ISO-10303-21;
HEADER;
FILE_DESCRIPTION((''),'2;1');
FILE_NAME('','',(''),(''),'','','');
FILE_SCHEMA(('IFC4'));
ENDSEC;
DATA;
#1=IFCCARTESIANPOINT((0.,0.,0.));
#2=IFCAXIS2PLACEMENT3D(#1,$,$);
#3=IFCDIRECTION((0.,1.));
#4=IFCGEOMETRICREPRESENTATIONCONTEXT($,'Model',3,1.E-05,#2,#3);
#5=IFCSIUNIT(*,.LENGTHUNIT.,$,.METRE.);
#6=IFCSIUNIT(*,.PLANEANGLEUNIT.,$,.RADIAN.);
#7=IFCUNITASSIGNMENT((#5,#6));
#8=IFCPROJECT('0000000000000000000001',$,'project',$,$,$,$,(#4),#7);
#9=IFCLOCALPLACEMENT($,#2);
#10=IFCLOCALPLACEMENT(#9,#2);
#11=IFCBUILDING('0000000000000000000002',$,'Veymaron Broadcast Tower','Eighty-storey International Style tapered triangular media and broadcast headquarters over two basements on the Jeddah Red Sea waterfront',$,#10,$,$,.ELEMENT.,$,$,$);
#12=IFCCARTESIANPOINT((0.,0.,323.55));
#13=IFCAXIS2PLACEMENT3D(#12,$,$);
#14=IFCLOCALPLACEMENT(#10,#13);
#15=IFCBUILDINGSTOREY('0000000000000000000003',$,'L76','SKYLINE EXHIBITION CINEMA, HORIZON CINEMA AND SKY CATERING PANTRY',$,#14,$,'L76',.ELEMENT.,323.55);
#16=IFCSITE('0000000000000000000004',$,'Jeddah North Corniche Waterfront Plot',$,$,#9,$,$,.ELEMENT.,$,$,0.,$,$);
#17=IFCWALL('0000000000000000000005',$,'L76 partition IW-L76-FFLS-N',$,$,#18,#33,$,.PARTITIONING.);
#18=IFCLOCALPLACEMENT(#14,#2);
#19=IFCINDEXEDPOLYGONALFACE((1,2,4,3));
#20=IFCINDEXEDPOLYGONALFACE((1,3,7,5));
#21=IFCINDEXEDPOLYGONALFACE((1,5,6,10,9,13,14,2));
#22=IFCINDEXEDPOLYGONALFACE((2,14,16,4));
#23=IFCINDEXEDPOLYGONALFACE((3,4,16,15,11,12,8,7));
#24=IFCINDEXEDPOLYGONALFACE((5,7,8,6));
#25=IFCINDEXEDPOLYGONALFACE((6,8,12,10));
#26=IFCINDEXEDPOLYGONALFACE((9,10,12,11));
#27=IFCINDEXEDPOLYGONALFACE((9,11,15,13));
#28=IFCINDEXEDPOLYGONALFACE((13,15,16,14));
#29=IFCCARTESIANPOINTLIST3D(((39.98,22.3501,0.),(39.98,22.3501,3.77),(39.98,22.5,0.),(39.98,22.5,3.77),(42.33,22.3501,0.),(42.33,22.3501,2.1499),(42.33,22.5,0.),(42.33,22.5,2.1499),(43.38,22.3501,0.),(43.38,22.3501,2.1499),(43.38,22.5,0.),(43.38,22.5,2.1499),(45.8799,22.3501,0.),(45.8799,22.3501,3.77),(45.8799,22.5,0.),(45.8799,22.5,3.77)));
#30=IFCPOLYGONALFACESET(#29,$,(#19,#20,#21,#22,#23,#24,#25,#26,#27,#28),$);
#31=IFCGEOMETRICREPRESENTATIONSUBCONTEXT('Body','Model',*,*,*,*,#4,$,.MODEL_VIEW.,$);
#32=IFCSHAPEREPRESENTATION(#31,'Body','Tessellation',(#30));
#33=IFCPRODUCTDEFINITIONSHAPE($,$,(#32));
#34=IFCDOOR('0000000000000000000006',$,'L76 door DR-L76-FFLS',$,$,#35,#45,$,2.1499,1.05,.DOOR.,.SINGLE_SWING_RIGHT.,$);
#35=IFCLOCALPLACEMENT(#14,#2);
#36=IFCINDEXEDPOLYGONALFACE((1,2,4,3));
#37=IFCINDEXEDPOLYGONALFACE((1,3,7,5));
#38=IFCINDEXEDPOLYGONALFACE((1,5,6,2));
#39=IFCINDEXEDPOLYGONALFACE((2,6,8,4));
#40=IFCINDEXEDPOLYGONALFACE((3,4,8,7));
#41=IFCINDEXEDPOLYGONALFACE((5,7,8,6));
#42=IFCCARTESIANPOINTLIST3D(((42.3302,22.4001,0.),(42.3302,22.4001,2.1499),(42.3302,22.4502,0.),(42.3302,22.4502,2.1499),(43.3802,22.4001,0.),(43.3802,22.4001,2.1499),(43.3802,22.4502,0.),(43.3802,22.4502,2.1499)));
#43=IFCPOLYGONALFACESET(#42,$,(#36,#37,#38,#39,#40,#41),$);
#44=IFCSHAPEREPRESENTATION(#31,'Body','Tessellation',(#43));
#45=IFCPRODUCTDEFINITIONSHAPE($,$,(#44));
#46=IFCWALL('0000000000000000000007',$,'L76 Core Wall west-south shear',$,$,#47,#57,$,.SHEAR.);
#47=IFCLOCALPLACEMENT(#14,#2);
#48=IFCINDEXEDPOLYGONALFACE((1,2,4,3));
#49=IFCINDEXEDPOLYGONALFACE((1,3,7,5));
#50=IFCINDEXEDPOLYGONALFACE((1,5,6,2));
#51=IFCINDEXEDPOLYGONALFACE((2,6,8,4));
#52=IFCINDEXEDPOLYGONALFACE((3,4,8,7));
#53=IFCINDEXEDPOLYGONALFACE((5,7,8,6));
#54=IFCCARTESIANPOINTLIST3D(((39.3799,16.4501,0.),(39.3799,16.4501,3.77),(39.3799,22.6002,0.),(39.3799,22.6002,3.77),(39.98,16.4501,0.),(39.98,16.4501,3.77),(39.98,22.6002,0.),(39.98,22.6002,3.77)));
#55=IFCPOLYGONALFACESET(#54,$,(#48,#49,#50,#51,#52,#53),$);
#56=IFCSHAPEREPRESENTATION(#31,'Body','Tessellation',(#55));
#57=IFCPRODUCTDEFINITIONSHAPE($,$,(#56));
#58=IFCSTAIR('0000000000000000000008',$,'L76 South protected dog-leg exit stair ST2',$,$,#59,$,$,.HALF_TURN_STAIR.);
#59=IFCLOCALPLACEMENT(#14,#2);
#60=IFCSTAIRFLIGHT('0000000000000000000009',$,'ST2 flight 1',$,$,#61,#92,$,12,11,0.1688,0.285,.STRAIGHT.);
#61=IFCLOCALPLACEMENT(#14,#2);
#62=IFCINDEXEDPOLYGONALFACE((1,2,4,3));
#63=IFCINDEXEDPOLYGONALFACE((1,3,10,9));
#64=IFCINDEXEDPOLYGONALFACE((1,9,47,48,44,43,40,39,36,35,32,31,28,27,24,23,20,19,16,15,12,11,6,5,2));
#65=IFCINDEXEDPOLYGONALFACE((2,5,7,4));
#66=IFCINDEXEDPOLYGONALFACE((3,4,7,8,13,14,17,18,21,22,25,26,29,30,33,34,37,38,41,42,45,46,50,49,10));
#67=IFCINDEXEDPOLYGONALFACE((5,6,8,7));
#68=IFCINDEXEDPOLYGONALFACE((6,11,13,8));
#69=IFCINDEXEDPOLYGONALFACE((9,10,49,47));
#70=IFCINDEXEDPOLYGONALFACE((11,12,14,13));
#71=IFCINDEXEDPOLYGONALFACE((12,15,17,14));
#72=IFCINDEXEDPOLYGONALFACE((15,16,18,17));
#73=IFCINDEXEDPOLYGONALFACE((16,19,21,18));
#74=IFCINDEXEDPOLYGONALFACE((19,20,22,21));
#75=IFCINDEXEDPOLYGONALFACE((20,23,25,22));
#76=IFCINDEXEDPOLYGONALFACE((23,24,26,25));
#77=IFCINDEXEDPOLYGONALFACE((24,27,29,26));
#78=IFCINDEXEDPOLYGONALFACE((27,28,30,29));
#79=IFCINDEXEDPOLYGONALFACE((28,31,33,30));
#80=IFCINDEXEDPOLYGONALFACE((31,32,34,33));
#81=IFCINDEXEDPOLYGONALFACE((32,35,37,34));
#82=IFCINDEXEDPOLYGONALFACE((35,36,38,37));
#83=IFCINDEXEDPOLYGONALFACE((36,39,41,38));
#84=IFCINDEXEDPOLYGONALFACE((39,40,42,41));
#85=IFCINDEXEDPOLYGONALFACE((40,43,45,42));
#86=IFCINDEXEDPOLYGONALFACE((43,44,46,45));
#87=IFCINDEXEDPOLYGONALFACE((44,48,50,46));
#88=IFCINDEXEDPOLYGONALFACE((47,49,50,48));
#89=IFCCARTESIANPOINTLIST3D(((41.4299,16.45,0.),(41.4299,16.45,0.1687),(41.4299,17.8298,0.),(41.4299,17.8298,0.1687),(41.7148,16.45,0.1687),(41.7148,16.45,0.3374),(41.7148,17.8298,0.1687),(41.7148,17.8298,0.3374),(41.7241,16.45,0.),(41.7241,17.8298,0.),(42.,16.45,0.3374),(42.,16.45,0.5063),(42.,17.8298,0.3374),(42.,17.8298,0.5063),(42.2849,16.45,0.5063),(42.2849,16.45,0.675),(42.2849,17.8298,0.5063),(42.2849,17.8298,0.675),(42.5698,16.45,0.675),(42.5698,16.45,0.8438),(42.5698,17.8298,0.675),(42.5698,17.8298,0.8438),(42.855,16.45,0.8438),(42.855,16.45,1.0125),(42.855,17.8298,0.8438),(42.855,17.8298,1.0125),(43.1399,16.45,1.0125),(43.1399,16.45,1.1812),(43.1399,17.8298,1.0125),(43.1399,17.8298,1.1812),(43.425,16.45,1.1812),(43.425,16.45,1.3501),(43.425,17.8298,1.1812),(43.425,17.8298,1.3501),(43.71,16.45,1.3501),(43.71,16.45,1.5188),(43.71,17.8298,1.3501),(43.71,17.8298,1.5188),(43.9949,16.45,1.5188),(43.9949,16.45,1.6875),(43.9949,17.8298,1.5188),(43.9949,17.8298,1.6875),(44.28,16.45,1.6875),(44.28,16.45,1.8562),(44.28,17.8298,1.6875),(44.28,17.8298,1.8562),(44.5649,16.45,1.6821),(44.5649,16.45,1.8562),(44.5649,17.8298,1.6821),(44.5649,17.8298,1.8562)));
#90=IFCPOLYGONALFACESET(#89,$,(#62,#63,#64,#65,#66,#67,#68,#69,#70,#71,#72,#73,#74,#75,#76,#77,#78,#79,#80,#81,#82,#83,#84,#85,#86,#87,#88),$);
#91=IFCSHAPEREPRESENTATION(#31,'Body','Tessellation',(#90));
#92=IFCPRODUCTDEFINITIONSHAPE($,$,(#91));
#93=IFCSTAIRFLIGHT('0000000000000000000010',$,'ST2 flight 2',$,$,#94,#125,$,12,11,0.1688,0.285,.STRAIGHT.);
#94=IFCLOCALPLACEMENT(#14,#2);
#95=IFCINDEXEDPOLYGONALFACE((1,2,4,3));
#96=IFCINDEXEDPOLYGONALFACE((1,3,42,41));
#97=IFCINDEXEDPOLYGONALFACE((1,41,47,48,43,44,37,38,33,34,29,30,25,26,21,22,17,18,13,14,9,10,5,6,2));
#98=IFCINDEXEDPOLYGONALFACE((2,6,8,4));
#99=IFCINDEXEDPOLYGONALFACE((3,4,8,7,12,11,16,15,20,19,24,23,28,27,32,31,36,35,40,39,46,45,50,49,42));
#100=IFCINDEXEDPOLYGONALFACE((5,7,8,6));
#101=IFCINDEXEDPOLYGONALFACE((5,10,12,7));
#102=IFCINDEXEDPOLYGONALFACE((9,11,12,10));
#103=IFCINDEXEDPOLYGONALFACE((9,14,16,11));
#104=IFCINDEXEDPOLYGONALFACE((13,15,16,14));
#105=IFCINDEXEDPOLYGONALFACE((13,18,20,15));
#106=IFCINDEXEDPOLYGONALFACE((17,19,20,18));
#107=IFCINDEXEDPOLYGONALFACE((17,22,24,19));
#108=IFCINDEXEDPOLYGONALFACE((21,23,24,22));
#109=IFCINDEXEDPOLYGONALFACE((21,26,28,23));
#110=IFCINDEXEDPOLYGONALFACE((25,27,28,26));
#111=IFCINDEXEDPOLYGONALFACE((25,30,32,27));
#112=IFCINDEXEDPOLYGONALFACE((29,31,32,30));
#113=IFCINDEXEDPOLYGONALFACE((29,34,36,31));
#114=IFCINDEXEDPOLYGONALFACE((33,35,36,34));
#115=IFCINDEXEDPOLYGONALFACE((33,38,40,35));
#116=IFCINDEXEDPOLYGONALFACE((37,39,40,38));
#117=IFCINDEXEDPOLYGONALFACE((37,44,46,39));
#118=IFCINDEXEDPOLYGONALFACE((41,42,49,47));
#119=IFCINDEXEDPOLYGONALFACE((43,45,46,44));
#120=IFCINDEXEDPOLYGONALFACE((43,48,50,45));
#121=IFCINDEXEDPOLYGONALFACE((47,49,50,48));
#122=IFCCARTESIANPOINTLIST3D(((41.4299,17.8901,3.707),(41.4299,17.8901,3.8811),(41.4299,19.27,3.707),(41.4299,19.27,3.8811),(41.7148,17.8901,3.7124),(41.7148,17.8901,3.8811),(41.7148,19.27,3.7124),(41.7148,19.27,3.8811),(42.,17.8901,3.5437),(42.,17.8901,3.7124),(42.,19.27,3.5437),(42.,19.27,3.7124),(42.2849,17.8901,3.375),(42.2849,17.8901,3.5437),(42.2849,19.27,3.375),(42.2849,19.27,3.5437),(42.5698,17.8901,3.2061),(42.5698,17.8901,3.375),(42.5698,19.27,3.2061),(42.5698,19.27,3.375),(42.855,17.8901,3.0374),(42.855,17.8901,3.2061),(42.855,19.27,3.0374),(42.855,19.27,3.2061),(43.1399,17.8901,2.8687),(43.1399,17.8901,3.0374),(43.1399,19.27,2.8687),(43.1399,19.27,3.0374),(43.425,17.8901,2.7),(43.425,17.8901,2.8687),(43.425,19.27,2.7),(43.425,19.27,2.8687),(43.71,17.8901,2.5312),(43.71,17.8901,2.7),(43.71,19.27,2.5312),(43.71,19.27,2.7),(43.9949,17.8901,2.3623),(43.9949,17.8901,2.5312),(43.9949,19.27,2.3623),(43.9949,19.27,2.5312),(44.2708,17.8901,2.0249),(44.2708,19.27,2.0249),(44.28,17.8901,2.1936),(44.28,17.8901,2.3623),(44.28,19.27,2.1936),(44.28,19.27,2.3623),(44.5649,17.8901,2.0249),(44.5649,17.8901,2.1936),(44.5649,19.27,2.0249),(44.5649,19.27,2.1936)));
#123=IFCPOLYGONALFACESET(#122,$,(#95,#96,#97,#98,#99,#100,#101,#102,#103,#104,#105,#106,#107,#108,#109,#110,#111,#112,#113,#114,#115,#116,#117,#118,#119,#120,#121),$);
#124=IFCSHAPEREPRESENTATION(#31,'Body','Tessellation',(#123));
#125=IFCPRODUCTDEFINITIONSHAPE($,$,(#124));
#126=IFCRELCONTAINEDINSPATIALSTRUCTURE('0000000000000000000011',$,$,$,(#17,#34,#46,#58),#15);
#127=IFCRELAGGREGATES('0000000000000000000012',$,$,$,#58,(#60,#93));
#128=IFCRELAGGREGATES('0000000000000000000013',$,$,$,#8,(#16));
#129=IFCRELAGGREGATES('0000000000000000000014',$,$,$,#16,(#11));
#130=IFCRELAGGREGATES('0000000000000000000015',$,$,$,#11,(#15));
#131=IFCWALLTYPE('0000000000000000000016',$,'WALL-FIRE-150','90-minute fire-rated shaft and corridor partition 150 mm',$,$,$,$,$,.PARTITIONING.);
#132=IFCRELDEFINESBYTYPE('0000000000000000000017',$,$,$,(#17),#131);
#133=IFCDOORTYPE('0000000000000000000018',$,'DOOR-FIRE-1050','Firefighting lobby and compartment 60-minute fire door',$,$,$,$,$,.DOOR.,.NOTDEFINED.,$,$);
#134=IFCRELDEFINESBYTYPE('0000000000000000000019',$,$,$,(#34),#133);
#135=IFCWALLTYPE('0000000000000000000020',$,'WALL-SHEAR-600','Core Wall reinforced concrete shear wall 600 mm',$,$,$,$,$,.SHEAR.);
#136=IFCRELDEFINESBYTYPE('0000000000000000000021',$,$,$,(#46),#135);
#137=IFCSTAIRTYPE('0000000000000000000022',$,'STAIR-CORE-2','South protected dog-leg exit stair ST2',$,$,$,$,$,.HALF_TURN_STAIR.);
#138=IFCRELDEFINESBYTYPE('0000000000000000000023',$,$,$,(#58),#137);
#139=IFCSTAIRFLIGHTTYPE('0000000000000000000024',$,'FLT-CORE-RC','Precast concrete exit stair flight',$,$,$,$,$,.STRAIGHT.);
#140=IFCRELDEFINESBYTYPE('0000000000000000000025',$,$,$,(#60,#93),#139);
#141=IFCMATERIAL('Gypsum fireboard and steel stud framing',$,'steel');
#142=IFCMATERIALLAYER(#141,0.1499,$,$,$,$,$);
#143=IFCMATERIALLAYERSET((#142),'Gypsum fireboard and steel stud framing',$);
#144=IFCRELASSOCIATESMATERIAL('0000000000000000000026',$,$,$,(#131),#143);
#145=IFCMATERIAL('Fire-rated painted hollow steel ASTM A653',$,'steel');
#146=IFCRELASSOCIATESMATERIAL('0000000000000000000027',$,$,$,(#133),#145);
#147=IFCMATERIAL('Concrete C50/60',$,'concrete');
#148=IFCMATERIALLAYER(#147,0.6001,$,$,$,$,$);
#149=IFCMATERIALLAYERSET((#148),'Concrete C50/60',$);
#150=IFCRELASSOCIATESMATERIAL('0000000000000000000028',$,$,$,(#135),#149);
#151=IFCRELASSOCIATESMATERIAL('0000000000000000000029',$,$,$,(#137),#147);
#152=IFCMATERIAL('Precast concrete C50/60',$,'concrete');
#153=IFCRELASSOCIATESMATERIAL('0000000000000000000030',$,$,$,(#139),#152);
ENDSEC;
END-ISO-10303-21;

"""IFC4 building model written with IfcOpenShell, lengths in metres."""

from ifc_helpers import new_model, si_unit, direction, frame, frame_2d, origin, place, context, subcontext, project, spatial, polyline, rectangle, outline, extrude, material, layer, layer_set, type_object, element, fill, aggregate, save


model = new_model("IFC4")

# Units and contexts
model_context = context("Model", 3, precision=1e-05, world=origin(), true_north=direction((0.0, 1.0)))
body_context = subcontext(model_context, "Body", "Model", "MODEL_VIEW")
ifc_project = project(units=[si_unit("LENGTHUNIT", "METRE"), si_unit("PLANEANGLEUNIT", "RADIAN")], contexts=[model_context])

# Site, building, storey
site_placement = place(None, origin())
site = spatial("IfcSite", under=ifc_project, at=site_placement, Name="Jeddah North Corniche Waterfront Plot", CompositionType="ELEMENT", RefElevation=0.0)
building_placement = place(site_placement, origin())
building = spatial("IfcBuilding", under=site, at=building_placement, Name="Veymaron Broadcast Tower", Description="Eighty-storey International Style tapered triangular media and broadcast headquarters over two basements on the Jeddah Red Sea waterfront", CompositionType="ELEMENT")
storey_placement = place(building_placement, frame((0.0, 0.0, 323.55)))
storey = spatial("IfcBuildingStorey", under=building, at=storey_placement, Name="L76", Description="SKYLINE EXHIBITION CINEMA, HORIZON CINEMA AND SKY CATERING PANTRY", LongName="L76", CompositionType="ELEMENT", Elevation=323.55)

# Wall, opening, door
ifc_material_1 = material(Name="Gypsum fireboard and steel stud framing", Category="steel")
ifc_layer_1 = layer(ifc_material_1, 0.1499)
ifc_layer_set_1 = layer_set([ifc_layer_1], Name="Gypsum fireboard and steel stud framing")
wall_type_1 = type_object("IfcWallType", Name="WALL-FIRE-150", Description="90-minute fire-rated shaft and corridor partition 150 mm", PredefinedType="PARTITIONING", material=ifc_layer_set_1)
wall_1_placement = place(storey_placement, frame((39.98, 22.425, 0.0), z_axis=(0.0, 0.0, 1.0), x_axis=(1.0, 0.0, 0.0)))
wall_1 = element("IfcWall", 1, at=wall_1_placement, inside=storey, type_object=wall_type_1, Name="L76 partition IW-L76-FFLS-N", PredefinedType="PARTITIONING", context=body_context, shape_type="SweptSolid", body=[
    extrude(rectangle(XDim=5.8999, YDim=0.1499, at=frame_2d((2.95, 0.0))), origin(), (0.0, 0.0, 1.0), 3.77),
])
opening_1_placement = place(wall_1_placement, frame((2.3501, 0.0, 0.0)))
opening_1 = element("IfcOpeningElement", 2, at=opening_1_placement, cuts=wall_1, PredefinedType="OPENING", context=body_context, shape_type="SweptSolid", body=[
    extrude(rectangle(XDim=1.05, YDim=2.1499, at=frame_2d((0.5249, 1.075))), frame((0.0, 0.085, 0.0), z_axis=(0.0, -1.0, 0.0), x_axis=(1.0, 0.0, 0.0)), (0.0, 0.0, 1.0), 0.1699),
])
ifc_material_2 = material(Name="Fire-rated painted hollow steel ASTM A653", Category="steel")
door_type_1 = type_object("IfcDoorType", Name="DOOR-FIRE-1050", Description="Firefighting lobby and compartment 60-minute fire door", OperationType="NOTDEFINED", PredefinedType="DOOR", material=ifc_material_2)
door_1_placement = place(opening_1_placement, frame((1.05, 0.0, 0.0), z_axis=(0.0, 0.0, 1.0), x_axis=(-1.0, 0.0, 0.0)))
door_1 = element("IfcDoor", 3, at=door_1_placement, inside=storey, type_object=door_type_1, Name="L76 door DR-L76-FFLS", OperationType="SINGLE_SWING_RIGHT", OverallHeight=2.1499, OverallWidth=1.05, PredefinedType="DOOR", context=body_context, shape_type="SweptSolid", body=[
    extrude(rectangle(XDim=1.05, YDim=2.1499, at=frame_2d((0.5249, 1.075))), frame((0.0, 0.0249, 0.0), z_axis=(0.0, -1.0, 0.0), x_axis=(1.0, 0.0, 0.0)), (0.0, 0.0, 1.0), 0.05),
])
fill(opening_1, door_1)
ifc_material_3 = material(Name="Concrete C50/60", Category="concrete")

# Wall
ifc_layer_2 = layer(ifc_material_3, 0.6001)
ifc_layer_set_2 = layer_set([ifc_layer_2], Name="Concrete C50/60")
wall_type_2 = type_object("IfcWallType", Name="WALL-SHEAR-600", Description="Core Wall reinforced concrete shear wall 600 mm", PredefinedType="SHEAR", material=ifc_layer_set_2)
wall_2_placement = place(storey_placement, frame((39.6799, 16.45, 0.0), z_axis=(0.0, 0.0, 1.0), x_axis=(0.0, 1.0, 0.0)))
element("IfcWall", 4, at=wall_2_placement, inside=storey, type_object=wall_type_2, Name="L76 Core Wall west-south shear", PredefinedType="SHEAR", context=body_context, shape_type="SweptSolid", body=[
    extrude(rectangle(XDim=6.1501, YDim=0.6001, at=frame_2d((3.0752, 0.0))), origin(), (0.0, 0.0, 1.0), 3.77),
])

# Stair, stair flights
stair_type = type_object("IfcStairType", Name="STAIR-CORE-2", Description="South protected dog-leg exit stair ST2", PredefinedType="HALF_TURN_STAIR", material=ifc_material_3)
stair_placement = place(storey_placement, origin())
stair = element("IfcStair", 5, at=stair_placement, inside=storey, type_object=stair_type, Name="L76 South protected dog-leg exit stair ST2", PredefinedType="HALF_TURN_STAIR")
ifc_material_4 = material(Name="Precast concrete C50/60", Category="concrete")
stair_flight_type = type_object("IfcStairFlightType", Name="FLT-CORE-RC", Description="Precast concrete exit stair flight", PredefinedType="STRAIGHT", material=ifc_material_4)
stair_flight_1_placement = place(storey_placement, frame((41.4299, 17.1399, 0.0), z_axis=(0.0, 0.0, 1.0), x_axis=(1.0, 0.0, 0.0)))
stair_flight_1 = element("IfcStairFlight", 6, at=stair_flight_1_placement, type_object=stair_flight_type, Name="ST2 flight 1", NumberOfRisers=12, NumberOfTreads=11, PredefinedType="STRAIGHT", RiserHeight=0.1688, TreadLength=0.285, context=body_context, shape_type="SweptSolid", body=[
    extrude(outline(polyline([(0.0, 0.0), (0.0, 0.1687), (0.2849, 0.1687), (0.2849, 0.3374), (0.5701, 0.3374), (0.5701, 0.5063), (0.855, 0.5063), (0.855, 0.675), (1.1399, 0.675), (1.1399, 0.8438), (1.425, 0.8438), (1.425, 1.0125), (1.71, 1.0125), (1.71, 1.1812), (1.9951, 1.1812), (1.9951, 1.3501), (2.28, 1.3501), (2.28, 1.5188), (2.5649, 1.5188), (2.5649, 1.6875), (2.8501, 1.6875), (2.8501, 1.8562), (3.135, 1.8562), (3.135, 2.0249), (3.135, 1.6821), (0.2942, 0.0), (0.0, 0.0)])), frame((0.0, 0.6899, 0.0), z_axis=(0.0, -1.0, 0.0), x_axis=(1.0, 0.0, 0.0)), (0.0, 0.0, 1.0), 1.3799),
])
stair_flight_2_placement = place(storey_placement, frame((44.5649, 18.5801, 2.0249), z_axis=(0.0, 0.0, 1.0), x_axis=(-1.0, 0.0, 0.0)))
stair_flight_2 = element("IfcStairFlight", 7, at=stair_flight_2_placement, type_object=stair_flight_type, Name="ST2 flight 2", NumberOfRisers=12, NumberOfTreads=11, PredefinedType="STRAIGHT", RiserHeight=0.1688, TreadLength=0.285, context=body_context, shape_type="SweptSolid", body=[
    extrude(outline(polyline([(0.0, 0.0), (0.0, 0.1687), (0.2849, 0.1687), (0.2849, 0.3374), (0.5701, 0.3374), (0.5701, 0.5063), (0.855, 0.5063), (0.855, 0.675), (1.1399, 0.675), (1.1399, 0.8438), (1.425, 0.8438), (1.425, 1.0125), (1.71, 1.0125), (1.71, 1.1812), (1.9951, 1.1812), (1.9951, 1.3501), (2.28, 1.3501), (2.28, 1.5188), (2.5649, 1.5188), (2.5649, 1.6875), (2.8501, 1.6875), (2.8501, 1.8562), (3.135, 1.8562), (3.135, 2.0249), (3.135, 1.6821), (0.2942, 0.0), (0.0, 0.0)])), frame((0.0, 0.6899, 0.0), z_axis=(0.0, -1.0, 0.0), x_axis=(1.0, 0.0, 0.0)), (0.0, 0.0, 1.0), 1.3799),
])
aggregate(stair, [stair_flight_1, stair_flight_2])

save(model, "model.ifc")
